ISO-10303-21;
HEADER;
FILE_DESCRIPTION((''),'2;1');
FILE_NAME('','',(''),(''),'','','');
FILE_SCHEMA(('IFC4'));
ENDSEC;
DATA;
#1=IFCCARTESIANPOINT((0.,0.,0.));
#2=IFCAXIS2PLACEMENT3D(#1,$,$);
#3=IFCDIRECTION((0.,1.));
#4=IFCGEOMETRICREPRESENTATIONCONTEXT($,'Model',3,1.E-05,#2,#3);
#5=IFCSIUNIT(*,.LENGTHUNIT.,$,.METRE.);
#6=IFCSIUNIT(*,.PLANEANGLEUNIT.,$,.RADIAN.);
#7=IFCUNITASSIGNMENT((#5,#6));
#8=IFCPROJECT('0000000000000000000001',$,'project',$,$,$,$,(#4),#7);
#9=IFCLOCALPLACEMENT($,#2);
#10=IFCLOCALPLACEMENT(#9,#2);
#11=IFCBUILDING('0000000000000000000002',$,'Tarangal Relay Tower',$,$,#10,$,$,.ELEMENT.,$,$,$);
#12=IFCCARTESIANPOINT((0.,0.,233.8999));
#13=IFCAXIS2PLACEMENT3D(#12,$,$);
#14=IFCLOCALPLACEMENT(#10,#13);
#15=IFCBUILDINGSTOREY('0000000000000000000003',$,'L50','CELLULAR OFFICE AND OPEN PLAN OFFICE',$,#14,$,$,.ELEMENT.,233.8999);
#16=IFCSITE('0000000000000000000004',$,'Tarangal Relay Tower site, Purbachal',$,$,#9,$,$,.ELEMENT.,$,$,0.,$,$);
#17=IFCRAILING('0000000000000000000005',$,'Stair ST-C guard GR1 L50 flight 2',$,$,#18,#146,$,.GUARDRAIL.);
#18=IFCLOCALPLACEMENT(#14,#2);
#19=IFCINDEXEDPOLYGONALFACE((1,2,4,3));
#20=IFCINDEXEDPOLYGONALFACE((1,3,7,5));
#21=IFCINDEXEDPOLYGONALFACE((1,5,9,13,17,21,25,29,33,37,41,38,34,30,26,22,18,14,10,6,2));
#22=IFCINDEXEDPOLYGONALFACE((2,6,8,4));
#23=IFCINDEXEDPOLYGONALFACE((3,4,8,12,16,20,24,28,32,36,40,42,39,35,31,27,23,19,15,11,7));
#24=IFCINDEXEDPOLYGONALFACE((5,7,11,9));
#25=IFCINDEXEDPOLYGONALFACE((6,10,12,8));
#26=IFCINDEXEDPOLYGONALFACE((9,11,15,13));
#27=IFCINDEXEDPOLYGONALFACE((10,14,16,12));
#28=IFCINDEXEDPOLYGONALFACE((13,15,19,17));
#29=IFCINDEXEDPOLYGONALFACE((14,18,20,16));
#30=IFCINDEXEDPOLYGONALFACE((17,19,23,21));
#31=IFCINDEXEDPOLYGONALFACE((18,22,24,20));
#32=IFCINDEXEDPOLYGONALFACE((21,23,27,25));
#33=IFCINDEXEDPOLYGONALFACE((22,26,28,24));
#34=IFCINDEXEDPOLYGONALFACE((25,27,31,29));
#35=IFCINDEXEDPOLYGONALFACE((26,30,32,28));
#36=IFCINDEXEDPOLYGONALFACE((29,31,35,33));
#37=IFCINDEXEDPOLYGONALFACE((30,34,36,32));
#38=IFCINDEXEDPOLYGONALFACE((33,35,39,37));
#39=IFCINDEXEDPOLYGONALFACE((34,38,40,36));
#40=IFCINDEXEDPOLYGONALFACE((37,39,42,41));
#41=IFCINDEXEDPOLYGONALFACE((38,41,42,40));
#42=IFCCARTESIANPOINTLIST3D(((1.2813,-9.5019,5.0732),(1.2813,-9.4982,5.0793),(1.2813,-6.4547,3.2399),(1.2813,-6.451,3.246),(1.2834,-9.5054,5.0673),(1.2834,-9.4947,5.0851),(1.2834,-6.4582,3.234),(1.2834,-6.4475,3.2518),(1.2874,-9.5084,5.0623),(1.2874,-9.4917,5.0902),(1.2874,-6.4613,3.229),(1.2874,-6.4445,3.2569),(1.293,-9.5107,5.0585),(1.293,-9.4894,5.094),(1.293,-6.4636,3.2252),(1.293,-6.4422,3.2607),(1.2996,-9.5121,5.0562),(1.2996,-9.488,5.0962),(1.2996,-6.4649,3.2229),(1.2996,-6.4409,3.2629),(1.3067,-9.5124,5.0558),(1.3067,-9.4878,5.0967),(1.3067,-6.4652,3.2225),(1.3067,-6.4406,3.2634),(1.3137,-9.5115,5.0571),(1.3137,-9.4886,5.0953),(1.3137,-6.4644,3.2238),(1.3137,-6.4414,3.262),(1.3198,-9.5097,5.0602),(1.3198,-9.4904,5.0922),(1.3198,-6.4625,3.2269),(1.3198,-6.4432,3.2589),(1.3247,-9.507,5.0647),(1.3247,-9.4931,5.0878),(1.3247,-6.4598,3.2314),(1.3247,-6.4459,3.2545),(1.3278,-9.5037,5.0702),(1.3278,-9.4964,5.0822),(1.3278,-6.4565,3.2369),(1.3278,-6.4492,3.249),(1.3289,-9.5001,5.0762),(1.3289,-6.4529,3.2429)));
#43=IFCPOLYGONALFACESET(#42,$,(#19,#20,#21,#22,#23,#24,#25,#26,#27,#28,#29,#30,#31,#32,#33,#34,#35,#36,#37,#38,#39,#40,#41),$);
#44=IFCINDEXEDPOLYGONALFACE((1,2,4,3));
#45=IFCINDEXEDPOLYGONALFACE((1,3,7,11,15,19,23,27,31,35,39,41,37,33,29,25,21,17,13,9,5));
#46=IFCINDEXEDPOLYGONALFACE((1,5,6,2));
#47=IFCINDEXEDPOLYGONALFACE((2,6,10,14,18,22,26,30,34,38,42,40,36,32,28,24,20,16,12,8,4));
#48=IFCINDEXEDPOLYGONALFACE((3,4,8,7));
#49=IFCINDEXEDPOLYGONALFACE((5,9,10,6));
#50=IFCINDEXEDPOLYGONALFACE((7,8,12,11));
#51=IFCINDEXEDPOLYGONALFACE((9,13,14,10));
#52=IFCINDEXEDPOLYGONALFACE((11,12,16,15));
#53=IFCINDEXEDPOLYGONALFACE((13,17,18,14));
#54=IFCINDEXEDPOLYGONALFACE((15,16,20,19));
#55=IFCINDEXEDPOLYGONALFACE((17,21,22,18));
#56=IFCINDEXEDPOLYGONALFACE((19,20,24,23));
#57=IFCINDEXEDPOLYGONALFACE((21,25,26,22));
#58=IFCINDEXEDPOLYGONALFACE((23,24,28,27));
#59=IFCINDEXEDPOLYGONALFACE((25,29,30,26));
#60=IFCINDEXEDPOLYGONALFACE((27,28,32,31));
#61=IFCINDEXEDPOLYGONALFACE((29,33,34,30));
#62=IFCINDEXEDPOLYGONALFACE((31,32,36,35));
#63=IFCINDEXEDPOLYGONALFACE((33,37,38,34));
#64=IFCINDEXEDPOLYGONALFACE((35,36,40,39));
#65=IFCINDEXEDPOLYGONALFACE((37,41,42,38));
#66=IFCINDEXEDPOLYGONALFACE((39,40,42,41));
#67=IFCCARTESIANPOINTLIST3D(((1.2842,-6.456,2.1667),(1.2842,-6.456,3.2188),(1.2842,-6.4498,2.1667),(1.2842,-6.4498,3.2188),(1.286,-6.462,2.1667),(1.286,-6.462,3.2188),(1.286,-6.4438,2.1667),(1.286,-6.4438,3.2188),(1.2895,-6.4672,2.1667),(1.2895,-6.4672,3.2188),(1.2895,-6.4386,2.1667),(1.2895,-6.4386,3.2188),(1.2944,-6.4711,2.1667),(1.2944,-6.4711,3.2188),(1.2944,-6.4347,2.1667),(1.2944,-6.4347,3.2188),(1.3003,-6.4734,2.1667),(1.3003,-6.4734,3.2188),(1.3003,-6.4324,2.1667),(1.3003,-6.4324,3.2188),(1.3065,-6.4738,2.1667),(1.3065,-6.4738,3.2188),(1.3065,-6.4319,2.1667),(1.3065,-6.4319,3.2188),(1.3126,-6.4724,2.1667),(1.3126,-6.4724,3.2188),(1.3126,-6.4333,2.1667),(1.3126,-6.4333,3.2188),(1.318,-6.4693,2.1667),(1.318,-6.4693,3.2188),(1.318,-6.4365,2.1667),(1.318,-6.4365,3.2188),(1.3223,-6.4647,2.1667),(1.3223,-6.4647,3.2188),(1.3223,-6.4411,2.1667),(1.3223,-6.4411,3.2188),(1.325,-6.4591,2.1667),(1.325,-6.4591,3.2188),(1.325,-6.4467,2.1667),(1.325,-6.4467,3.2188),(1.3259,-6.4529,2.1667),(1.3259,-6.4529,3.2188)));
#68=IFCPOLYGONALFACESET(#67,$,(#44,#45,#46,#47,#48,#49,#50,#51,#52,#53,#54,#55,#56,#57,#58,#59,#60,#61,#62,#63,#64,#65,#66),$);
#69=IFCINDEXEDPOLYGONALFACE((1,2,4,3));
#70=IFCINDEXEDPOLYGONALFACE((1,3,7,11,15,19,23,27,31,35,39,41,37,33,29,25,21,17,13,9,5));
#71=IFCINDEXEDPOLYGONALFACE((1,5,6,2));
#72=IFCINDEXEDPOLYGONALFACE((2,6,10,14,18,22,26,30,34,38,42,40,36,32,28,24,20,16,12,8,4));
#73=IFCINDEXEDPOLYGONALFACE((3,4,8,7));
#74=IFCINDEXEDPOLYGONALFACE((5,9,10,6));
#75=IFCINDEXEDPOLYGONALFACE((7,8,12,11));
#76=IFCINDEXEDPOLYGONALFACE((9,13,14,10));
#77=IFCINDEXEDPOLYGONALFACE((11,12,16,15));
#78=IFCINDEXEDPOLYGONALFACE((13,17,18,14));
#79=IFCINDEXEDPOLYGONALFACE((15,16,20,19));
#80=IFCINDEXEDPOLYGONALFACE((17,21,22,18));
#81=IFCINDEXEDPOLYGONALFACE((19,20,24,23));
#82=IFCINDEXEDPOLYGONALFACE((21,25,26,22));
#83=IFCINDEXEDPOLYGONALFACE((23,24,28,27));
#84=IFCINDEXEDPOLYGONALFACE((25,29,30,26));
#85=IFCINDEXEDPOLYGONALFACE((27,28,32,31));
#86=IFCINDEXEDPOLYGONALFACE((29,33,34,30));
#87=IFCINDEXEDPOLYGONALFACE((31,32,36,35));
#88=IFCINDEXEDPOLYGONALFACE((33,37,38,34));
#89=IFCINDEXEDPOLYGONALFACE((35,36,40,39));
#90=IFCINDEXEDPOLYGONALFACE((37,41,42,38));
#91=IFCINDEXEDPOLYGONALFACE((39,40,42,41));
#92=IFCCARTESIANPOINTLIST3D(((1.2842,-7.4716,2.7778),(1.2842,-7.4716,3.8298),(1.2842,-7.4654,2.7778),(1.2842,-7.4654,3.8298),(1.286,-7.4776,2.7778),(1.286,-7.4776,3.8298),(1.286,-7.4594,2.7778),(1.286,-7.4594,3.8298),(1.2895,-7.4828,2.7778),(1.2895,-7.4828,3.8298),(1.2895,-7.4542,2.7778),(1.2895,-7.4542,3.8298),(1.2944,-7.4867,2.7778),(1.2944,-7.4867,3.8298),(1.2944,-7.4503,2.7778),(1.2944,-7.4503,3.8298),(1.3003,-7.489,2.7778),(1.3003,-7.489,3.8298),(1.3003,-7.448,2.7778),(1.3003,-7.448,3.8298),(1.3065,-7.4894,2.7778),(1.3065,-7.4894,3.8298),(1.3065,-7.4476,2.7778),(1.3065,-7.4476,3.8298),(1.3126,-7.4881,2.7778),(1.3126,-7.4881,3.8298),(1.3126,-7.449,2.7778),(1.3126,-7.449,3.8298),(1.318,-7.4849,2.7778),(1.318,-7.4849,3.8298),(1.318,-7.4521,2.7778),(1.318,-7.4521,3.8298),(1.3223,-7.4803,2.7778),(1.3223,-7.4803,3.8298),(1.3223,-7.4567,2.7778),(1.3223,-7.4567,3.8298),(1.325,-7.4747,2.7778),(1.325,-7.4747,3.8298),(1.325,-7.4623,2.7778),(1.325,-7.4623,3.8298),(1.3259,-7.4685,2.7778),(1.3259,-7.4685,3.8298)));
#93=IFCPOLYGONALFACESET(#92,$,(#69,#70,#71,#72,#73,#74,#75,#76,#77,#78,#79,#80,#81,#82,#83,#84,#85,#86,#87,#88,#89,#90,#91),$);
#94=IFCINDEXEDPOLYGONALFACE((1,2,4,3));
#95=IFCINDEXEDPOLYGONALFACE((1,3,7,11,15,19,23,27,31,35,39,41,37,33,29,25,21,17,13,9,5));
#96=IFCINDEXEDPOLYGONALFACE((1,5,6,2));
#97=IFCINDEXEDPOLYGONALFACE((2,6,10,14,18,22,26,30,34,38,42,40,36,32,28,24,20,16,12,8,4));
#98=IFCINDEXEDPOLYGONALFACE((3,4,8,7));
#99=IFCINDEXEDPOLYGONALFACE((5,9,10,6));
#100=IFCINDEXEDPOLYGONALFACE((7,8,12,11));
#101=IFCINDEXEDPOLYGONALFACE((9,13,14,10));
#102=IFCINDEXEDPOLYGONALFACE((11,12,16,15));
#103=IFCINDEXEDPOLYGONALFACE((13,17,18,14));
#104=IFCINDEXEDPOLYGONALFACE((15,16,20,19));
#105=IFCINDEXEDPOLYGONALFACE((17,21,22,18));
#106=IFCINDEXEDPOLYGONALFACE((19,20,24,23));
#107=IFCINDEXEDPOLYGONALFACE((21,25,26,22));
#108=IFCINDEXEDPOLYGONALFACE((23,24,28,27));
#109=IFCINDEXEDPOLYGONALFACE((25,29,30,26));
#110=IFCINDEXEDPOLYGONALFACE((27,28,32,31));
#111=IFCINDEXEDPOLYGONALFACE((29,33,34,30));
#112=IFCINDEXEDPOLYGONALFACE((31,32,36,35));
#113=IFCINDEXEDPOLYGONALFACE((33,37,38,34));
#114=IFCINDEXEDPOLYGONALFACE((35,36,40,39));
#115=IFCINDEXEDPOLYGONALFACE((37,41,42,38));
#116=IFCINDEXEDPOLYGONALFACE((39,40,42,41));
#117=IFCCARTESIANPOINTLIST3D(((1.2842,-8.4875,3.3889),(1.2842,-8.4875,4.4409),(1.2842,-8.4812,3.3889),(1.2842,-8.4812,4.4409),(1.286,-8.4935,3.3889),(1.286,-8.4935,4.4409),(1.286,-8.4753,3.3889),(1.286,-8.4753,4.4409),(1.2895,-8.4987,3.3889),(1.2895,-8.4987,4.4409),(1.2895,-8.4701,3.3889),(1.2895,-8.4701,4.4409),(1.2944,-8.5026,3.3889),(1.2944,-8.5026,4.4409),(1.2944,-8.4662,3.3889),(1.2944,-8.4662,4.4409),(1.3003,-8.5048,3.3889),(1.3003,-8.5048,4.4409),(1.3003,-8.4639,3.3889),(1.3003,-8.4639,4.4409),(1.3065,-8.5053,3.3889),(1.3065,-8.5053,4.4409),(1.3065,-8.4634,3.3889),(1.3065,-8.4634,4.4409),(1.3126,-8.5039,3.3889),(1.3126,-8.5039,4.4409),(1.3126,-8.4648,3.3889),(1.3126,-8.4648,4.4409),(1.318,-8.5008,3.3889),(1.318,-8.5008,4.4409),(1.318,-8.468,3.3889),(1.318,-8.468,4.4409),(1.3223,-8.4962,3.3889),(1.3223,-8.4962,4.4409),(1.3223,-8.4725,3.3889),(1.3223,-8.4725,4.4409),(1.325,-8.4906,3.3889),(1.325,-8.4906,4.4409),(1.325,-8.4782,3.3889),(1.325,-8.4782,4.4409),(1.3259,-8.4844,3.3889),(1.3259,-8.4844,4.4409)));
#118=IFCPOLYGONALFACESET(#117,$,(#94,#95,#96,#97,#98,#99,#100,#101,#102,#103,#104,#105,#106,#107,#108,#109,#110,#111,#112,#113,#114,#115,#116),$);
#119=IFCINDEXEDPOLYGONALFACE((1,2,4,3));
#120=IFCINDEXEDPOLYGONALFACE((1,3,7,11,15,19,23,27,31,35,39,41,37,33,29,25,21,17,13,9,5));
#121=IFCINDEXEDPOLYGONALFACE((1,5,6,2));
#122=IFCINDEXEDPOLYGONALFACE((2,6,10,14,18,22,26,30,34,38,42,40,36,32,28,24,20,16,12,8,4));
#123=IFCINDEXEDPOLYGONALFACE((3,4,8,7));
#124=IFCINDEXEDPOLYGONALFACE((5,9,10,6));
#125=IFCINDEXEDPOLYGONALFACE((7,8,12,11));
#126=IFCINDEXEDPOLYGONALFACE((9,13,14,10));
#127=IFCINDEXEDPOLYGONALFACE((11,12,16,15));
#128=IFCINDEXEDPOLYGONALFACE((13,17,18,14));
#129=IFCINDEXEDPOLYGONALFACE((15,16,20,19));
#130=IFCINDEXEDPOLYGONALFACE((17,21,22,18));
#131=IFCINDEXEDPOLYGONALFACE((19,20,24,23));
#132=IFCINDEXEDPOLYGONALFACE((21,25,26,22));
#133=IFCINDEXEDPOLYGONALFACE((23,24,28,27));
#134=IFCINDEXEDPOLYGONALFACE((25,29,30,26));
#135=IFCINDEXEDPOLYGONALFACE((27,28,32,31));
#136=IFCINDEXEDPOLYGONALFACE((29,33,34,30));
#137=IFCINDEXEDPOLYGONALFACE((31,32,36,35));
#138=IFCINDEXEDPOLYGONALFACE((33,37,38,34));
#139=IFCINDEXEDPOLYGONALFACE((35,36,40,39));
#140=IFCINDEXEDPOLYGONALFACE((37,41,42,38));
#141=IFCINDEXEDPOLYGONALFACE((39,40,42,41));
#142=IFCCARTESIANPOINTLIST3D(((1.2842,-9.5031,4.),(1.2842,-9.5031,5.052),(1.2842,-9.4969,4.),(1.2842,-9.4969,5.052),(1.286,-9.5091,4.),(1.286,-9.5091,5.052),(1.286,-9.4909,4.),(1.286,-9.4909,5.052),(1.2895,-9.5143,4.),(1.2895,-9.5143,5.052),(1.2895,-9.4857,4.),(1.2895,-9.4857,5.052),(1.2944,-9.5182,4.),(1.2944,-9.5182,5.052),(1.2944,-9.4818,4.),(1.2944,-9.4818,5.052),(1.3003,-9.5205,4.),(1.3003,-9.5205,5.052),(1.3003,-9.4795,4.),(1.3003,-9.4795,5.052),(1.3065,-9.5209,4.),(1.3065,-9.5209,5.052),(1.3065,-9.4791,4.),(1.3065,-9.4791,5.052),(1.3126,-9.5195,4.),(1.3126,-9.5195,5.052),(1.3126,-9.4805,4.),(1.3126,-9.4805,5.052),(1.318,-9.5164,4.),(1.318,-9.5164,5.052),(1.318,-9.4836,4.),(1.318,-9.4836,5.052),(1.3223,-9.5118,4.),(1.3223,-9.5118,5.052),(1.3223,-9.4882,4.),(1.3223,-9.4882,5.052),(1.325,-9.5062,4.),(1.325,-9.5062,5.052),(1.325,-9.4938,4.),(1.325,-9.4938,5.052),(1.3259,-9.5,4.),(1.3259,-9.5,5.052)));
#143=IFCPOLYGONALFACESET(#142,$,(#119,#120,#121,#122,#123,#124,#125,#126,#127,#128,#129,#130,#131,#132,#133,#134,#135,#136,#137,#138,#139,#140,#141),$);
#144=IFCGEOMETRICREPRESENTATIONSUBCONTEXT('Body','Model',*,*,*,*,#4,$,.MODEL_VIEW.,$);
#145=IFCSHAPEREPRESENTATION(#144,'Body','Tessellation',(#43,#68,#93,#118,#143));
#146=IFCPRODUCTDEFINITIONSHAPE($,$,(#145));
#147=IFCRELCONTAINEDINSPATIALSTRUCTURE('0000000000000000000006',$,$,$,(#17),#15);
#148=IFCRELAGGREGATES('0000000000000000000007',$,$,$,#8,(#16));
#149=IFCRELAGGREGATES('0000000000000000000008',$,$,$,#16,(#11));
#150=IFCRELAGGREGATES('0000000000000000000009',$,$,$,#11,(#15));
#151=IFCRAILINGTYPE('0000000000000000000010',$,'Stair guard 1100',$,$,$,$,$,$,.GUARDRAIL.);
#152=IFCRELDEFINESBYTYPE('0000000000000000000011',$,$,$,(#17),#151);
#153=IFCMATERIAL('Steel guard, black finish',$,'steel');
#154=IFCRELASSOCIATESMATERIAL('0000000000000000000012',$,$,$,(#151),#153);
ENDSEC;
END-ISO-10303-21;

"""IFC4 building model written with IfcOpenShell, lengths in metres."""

from ifc_helpers import new_model, si_unit, direction, frame, origin, origin_2d, place, context, subcontext, project, spatial, circle, extrude, material, type_object, element, save


model = new_model("IFC4")

# Units and contexts
model_context = context("Model", 3, precision=1e-05, world=origin(), true_north=direction((0.0, 1.0)))
body_context = subcontext(model_context, "Body", "Model", "MODEL_VIEW")
ifc_project = project(units=[si_unit("LENGTHUNIT", "METRE"), si_unit("PLANEANGLEUNIT", "RADIAN")], contexts=[model_context])

# Site, building, storey
site_placement = place(None, origin())
site = spatial("IfcSite", under=ifc_project, at=site_placement, Name="Tarangal Relay Tower site, Purbachal", CompositionType="ELEMENT", RefElevation=0.0)
building_placement = place(site_placement, origin())
building = spatial("IfcBuilding", under=site, at=building_placement, Name="Tarangal Relay Tower", CompositionType="ELEMENT")
storey_placement = place(building_placement, frame((0.0, 0.0, 233.8999)))
storey = spatial("IfcBuildingStorey", under=building, at=storey_placement, Name="L50", Description="CELLULAR OFFICE AND OPEN PLAN OFFICE", CompositionType="ELEMENT", Elevation=233.8999)

# Railing
ifc_material_1 = material(Name="Steel guard, black finish", Category="steel")
railing_type_1 = type_object("IfcRailingType", Name="Stair guard 1100", PredefinedType="GUARDRAIL", material=ifc_material_1)
railing_1_placement = place(storey_placement, frame((1.3049, -6.4529, 2.1667)))
element("IfcRailing", 1, at=railing_1_placement, inside=storey, type_object=railing_type_1, Name="Stair ST-C guard GR1 L50 flight 2", PredefinedType="GUARDRAIL", context=body_context, shape_type="SweptSolid", body=[
    extrude(circle(Radius=0.0239, at=origin_2d()), frame((0.0, 0.0, 1.0762), z_axis=(0.0, -0.856874, 0.515525), x_axis=(1.0, 0.0, 0.0)), (0.0, 0.0, 1.0), 3.5562),
    extrude(circle(Radius=0.021, at=origin_2d()), origin(), (0.0, 0.0, 1.0), 1.052),
    extrude(circle(Radius=0.021, at=origin_2d()), frame((0.0, -1.0156, 0.6111)), (0.0, 0.0, 1.0), 1.052),
    extrude(circle(Radius=0.021, at=origin_2d()), frame((0.0, -2.0315, 1.2222)), (0.0, 0.0, 1.0), 1.052),
    extrude(circle(Radius=0.021, at=origin_2d()), frame((0.0, -3.0471, 1.8333)), (0.0, 0.0, 1.0), 1.052),
])

save(model, "model.ifc")
